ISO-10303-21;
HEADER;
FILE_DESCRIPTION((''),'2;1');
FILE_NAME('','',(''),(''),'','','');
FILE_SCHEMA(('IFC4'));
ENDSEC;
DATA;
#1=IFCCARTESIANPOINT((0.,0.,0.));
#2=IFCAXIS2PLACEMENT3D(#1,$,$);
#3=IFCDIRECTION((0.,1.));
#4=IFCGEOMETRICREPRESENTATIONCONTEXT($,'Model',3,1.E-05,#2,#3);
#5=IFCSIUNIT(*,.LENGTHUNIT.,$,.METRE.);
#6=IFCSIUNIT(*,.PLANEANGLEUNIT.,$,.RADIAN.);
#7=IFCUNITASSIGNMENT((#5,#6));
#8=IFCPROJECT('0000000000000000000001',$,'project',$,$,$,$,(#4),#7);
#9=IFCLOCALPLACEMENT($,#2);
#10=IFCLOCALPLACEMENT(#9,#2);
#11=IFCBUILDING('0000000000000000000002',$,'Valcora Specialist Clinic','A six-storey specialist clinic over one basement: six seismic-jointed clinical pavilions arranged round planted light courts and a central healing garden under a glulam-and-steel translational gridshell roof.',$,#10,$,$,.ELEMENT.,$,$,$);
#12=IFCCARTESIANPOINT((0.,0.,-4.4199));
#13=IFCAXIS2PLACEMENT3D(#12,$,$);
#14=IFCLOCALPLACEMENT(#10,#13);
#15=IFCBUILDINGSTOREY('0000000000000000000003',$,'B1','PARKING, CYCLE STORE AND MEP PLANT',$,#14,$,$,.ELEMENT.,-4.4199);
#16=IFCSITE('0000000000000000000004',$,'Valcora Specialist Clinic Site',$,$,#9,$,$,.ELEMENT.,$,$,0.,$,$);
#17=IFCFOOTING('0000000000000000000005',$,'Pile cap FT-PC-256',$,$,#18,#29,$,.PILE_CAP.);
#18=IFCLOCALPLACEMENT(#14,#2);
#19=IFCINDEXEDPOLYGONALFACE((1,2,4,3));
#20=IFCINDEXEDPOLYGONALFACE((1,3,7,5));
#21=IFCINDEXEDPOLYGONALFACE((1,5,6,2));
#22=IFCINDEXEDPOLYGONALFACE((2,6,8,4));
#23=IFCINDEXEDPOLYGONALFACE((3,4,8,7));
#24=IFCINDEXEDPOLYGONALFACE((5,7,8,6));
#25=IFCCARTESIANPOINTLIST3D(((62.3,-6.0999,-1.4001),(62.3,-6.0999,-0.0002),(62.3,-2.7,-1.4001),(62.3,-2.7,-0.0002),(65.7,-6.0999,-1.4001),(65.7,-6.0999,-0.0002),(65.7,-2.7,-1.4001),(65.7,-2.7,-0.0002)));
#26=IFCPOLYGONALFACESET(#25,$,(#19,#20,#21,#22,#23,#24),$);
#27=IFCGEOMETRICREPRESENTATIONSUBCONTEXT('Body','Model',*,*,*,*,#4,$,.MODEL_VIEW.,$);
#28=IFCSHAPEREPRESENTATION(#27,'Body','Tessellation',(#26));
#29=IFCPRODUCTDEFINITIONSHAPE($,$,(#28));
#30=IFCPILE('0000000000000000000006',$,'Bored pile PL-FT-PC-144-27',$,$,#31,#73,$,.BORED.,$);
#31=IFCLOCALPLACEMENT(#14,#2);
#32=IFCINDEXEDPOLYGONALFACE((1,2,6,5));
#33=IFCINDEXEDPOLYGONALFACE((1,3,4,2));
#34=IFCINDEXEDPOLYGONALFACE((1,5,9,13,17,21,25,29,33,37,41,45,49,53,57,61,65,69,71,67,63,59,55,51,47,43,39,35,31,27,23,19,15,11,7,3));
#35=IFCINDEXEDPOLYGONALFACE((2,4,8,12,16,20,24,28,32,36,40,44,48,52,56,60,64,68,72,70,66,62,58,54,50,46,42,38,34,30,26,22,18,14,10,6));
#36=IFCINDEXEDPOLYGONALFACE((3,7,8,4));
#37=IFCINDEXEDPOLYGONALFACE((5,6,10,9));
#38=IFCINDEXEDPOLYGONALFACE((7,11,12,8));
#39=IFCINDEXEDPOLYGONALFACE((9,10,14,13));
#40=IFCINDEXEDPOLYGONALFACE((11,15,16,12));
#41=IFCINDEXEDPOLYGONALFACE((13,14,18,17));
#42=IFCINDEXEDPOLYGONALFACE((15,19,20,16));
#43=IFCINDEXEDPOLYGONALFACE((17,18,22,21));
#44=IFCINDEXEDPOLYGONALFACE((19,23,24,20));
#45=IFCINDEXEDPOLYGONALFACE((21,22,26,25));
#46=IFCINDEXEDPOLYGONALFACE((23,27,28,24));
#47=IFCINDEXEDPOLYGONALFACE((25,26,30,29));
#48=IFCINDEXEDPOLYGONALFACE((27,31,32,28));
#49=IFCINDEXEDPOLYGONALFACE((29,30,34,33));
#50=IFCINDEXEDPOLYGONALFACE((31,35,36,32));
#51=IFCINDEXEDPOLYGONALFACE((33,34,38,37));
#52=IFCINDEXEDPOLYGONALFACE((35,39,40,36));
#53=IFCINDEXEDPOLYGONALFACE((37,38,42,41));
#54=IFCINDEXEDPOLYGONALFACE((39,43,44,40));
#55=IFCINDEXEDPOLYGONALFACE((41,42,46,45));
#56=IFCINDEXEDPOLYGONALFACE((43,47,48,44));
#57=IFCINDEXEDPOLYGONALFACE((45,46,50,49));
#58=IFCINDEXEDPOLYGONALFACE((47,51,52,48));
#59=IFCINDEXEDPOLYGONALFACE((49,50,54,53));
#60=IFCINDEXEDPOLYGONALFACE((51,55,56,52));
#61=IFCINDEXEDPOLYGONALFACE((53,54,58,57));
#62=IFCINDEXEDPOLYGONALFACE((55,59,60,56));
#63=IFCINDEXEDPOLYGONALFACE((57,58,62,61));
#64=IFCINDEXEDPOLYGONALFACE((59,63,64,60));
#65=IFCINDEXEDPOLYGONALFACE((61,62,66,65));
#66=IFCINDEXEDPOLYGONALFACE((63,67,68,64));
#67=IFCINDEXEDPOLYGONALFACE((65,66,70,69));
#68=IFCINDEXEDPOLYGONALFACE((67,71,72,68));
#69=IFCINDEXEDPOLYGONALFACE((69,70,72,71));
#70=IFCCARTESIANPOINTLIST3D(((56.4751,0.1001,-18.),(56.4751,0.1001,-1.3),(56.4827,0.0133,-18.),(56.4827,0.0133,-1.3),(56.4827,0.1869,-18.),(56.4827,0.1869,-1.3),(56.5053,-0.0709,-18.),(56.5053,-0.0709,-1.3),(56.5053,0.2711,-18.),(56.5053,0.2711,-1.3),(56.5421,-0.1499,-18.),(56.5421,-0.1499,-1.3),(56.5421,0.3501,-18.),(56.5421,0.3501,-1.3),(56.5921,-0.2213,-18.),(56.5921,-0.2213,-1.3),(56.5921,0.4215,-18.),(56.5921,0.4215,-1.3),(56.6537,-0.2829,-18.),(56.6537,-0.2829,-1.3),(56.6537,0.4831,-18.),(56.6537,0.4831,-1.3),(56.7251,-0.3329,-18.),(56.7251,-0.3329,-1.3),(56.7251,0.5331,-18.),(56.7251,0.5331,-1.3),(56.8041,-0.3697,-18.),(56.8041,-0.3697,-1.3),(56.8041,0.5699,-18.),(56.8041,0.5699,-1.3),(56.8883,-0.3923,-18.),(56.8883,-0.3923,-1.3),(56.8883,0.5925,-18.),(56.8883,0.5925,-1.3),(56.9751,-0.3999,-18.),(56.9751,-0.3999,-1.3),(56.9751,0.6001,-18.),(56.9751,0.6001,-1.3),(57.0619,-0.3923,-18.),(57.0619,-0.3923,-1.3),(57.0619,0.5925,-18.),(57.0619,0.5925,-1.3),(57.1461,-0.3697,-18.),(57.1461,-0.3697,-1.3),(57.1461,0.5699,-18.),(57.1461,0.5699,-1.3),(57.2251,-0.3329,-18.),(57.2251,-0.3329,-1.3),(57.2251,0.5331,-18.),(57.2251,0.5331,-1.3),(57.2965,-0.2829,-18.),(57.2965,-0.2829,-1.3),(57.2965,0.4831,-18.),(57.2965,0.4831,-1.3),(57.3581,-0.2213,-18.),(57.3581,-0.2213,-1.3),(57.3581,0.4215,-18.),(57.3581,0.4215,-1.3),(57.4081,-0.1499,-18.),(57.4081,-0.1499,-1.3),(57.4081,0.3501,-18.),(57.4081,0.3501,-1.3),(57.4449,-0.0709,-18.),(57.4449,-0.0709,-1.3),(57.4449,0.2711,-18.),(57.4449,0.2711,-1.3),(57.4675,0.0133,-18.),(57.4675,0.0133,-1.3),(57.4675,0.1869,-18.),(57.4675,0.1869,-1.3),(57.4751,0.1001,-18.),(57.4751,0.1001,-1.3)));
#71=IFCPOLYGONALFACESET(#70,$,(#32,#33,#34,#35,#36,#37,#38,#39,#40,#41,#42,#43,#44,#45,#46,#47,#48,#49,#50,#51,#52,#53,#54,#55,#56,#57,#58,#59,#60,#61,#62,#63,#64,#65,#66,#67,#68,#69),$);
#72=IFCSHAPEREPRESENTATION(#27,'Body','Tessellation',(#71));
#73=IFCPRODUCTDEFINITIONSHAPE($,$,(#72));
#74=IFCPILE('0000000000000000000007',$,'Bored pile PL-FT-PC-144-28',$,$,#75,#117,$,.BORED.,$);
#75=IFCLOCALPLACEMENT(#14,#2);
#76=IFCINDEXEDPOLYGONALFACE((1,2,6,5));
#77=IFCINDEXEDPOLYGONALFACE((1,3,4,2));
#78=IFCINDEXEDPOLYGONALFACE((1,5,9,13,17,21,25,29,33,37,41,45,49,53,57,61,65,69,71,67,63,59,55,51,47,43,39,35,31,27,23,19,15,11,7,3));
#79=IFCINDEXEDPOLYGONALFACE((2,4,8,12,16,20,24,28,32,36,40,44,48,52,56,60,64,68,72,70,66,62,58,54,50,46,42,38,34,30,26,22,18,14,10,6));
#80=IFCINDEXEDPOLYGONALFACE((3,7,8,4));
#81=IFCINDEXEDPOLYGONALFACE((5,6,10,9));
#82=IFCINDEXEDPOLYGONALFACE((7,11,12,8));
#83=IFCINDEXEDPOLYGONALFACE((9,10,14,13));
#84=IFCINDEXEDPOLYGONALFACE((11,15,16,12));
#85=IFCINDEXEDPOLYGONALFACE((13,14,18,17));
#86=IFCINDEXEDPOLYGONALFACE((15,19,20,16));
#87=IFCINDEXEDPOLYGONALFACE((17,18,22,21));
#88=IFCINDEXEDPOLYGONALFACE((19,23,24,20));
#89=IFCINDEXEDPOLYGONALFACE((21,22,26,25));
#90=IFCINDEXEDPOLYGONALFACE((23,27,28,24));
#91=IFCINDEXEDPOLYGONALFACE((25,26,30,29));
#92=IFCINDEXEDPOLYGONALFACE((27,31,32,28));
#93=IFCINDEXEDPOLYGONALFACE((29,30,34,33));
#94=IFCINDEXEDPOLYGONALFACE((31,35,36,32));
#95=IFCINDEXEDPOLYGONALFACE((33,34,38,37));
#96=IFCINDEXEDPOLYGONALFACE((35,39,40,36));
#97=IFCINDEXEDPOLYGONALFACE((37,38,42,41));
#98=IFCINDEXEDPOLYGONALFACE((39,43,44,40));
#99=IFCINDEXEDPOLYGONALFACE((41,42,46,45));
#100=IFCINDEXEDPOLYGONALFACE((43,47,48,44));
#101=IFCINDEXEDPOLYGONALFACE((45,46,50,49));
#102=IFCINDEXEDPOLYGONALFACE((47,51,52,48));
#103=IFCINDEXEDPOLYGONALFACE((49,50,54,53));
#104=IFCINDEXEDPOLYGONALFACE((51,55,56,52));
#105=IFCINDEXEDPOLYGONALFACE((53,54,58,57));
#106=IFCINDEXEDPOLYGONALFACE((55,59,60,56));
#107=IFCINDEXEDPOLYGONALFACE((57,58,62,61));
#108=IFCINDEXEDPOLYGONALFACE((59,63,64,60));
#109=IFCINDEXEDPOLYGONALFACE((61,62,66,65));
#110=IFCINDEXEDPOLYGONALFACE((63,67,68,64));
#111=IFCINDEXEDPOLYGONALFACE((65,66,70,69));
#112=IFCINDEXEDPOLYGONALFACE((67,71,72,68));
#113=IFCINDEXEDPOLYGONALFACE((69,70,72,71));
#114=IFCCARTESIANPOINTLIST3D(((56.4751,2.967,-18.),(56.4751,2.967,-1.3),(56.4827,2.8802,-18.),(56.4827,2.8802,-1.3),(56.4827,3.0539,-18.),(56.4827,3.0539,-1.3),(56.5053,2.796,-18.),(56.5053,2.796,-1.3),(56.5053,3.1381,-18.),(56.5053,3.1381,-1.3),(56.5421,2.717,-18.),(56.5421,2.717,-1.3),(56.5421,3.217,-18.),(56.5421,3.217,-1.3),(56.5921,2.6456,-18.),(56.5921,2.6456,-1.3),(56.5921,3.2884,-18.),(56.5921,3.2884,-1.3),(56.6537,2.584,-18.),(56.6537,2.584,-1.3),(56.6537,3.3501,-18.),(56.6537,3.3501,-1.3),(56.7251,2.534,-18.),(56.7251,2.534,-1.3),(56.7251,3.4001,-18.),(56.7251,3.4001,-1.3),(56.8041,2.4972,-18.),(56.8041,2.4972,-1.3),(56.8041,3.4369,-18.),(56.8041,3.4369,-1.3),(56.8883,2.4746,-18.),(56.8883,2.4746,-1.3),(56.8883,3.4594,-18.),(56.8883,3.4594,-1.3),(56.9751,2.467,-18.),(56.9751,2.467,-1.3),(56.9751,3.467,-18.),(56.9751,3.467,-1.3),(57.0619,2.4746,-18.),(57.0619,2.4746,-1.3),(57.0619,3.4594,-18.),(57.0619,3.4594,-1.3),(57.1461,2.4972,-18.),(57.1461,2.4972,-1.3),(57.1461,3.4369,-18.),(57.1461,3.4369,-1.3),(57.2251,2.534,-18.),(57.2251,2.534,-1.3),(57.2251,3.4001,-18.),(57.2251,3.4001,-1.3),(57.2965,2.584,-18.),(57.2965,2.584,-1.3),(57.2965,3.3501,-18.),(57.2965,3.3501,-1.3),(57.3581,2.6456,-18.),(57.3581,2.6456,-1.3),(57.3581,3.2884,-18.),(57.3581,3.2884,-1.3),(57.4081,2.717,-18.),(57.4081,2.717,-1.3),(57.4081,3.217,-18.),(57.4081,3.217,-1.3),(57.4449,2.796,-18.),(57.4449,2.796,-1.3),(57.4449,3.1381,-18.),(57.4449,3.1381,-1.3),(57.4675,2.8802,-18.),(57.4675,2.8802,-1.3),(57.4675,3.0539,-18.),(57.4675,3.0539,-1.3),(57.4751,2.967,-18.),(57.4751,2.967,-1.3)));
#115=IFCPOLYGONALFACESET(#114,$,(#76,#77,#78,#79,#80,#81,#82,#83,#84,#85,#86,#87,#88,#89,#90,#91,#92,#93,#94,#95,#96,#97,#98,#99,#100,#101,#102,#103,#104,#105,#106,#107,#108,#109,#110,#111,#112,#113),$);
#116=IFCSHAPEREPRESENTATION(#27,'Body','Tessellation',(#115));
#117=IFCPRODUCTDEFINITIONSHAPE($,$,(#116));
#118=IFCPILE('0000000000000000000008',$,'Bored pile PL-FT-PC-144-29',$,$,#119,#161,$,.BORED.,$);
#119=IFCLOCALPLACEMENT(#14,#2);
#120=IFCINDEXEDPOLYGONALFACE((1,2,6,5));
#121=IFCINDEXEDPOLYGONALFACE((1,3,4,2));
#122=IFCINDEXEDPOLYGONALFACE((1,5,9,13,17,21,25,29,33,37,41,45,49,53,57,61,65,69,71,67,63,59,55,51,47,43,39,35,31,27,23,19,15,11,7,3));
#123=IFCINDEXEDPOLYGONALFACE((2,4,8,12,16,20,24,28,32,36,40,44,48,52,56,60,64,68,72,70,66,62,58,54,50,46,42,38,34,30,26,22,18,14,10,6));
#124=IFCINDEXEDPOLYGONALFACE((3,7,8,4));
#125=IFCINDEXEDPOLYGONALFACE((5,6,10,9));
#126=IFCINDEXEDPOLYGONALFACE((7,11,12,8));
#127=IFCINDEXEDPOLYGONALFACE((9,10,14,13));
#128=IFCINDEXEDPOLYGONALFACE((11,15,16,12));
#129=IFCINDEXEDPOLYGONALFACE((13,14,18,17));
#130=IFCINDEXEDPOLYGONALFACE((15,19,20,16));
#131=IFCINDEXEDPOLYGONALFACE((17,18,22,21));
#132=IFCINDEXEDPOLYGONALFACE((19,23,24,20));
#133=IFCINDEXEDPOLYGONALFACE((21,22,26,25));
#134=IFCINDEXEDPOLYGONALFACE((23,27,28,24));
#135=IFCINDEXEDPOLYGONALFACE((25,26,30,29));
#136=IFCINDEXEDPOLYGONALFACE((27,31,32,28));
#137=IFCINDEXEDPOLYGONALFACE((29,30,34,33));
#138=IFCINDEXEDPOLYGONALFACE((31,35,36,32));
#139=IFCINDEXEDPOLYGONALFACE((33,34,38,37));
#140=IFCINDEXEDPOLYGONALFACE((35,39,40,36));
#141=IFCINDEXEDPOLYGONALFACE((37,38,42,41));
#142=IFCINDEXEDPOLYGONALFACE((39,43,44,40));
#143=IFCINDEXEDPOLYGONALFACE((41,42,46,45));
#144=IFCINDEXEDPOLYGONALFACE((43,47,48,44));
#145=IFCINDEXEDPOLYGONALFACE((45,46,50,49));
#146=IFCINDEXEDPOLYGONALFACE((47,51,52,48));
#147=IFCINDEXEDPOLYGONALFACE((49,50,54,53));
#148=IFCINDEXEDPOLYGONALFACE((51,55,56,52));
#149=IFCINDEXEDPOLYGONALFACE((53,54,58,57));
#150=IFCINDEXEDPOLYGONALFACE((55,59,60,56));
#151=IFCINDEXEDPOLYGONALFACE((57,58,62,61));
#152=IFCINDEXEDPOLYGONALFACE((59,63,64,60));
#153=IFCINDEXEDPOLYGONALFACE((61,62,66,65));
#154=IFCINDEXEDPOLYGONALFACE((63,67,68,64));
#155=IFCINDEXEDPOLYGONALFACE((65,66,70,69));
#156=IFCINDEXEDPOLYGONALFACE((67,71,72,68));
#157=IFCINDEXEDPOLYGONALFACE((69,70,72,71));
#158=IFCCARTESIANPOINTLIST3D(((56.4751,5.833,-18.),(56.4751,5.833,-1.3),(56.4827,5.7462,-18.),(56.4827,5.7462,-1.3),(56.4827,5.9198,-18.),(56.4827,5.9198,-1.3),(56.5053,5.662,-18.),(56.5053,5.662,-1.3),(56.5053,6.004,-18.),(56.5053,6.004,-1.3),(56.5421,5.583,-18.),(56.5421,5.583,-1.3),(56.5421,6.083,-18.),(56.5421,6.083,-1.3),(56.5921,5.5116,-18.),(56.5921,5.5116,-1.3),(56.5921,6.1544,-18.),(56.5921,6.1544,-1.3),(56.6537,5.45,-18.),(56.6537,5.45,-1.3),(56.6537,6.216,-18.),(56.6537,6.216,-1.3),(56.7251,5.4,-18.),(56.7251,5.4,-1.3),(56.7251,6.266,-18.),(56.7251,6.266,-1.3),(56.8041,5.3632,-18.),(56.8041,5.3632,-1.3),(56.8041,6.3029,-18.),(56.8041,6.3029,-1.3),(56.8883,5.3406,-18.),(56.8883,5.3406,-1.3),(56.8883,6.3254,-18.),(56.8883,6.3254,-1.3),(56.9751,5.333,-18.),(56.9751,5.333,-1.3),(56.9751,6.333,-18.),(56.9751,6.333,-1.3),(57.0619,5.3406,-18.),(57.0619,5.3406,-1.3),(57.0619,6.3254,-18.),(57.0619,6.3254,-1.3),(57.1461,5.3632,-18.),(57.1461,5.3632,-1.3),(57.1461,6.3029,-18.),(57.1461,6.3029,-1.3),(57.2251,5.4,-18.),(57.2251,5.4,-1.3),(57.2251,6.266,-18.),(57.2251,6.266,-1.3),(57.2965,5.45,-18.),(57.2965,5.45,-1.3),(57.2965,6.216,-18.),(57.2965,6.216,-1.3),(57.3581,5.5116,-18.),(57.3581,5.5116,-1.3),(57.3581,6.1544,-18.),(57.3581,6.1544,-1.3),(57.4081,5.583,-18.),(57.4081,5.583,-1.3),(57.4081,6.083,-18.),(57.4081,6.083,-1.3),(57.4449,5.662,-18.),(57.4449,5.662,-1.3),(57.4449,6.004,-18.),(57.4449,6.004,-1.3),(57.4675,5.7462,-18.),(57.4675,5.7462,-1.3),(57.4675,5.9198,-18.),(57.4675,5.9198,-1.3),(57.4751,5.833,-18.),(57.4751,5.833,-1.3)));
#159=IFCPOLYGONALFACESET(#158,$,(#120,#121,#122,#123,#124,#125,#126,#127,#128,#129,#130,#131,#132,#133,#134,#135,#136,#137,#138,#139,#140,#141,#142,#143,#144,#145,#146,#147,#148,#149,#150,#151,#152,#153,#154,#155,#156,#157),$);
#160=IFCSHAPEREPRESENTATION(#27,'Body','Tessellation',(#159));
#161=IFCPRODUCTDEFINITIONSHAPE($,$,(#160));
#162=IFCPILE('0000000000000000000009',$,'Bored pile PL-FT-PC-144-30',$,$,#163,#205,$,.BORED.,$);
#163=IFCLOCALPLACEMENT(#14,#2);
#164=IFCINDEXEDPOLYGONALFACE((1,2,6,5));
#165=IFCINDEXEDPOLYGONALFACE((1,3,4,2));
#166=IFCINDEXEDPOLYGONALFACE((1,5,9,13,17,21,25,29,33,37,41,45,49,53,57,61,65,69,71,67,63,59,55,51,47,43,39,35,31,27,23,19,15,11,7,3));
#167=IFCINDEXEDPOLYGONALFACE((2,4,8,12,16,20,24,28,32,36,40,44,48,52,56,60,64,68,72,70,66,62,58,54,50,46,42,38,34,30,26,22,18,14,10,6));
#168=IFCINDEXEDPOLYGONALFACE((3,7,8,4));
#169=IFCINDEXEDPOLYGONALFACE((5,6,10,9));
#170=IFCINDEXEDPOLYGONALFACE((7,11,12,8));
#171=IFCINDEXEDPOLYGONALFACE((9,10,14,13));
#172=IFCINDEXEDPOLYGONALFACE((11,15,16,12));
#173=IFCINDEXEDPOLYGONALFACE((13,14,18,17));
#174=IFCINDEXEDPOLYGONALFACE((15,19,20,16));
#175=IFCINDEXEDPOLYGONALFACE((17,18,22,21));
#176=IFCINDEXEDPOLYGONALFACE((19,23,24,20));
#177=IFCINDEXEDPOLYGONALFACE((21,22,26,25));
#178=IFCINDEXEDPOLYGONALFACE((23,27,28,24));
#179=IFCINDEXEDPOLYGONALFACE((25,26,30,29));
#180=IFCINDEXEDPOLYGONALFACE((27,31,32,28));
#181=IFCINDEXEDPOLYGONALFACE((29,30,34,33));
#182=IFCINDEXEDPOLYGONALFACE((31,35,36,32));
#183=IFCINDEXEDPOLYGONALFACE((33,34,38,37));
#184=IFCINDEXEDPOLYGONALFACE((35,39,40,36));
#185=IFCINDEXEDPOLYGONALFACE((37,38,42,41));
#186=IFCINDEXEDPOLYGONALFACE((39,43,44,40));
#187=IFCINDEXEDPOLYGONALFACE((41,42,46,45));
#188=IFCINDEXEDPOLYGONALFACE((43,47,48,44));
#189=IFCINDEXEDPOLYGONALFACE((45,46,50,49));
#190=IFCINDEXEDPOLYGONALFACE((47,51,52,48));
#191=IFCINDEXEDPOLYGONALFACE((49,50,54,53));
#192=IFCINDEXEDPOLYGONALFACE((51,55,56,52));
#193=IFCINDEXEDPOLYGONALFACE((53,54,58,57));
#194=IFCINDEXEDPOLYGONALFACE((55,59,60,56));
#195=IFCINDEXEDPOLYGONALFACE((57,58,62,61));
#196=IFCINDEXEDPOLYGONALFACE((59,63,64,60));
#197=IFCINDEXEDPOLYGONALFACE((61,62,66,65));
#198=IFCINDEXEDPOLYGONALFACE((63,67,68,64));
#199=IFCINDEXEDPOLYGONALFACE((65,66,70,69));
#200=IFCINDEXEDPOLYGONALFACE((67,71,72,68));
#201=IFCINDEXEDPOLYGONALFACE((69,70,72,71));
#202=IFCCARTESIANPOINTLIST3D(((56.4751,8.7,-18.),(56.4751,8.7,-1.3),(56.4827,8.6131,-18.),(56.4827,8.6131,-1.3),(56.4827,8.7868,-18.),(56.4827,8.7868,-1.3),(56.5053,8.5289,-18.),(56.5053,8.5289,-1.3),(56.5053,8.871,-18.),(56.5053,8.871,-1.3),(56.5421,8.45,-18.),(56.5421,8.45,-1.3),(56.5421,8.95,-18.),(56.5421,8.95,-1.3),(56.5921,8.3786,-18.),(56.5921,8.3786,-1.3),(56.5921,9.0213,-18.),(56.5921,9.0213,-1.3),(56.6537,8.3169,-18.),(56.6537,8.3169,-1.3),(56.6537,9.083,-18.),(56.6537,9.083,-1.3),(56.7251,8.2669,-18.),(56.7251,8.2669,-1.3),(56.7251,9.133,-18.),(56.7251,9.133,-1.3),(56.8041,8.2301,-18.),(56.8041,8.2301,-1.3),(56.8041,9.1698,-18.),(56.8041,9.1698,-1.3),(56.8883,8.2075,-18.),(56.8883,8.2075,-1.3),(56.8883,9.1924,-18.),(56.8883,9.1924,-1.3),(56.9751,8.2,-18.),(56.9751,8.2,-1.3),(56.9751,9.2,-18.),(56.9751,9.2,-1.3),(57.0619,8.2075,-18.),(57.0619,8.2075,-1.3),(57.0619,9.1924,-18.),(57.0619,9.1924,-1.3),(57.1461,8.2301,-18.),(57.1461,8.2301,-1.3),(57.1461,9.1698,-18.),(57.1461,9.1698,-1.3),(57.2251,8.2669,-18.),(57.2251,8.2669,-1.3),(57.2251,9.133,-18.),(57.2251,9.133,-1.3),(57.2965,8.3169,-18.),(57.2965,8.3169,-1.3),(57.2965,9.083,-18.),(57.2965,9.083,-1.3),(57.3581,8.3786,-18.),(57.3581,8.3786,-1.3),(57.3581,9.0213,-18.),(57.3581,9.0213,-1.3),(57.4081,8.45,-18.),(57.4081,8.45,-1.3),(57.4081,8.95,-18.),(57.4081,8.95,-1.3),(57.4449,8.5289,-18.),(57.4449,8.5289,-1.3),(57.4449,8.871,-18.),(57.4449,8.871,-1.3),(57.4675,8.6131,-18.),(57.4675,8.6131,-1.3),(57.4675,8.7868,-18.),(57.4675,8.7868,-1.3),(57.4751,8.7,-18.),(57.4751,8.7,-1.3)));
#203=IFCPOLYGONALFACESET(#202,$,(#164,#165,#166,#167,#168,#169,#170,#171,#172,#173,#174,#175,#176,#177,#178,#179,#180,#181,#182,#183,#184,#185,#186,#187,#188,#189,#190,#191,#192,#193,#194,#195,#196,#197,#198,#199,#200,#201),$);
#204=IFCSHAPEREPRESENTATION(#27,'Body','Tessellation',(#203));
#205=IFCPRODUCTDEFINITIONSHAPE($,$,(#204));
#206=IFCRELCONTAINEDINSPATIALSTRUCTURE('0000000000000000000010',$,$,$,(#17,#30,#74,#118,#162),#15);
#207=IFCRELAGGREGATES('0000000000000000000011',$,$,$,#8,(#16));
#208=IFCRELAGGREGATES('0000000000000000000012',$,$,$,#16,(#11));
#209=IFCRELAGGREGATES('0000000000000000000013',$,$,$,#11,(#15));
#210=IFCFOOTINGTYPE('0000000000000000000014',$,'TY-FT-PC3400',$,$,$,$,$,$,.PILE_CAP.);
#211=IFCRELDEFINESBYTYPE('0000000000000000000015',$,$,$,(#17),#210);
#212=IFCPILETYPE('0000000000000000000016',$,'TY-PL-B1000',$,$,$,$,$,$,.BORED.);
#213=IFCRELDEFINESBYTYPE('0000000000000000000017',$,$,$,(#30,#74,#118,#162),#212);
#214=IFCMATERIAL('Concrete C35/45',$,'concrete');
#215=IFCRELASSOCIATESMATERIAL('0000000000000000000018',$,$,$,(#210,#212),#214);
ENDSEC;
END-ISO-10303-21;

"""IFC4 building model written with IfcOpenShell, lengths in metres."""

from ifc_helpers import new_model, si_unit, direction, frame, origin, origin_2d, place, context, subcontext, project, spatial, rectangle, circle, extrude, material, material_profile, profile_set, type_object, element, save


model = new_model("IFC4")

# Units and contexts
model_context = context("Model", 3, precision=1e-05, world=origin(), true_north=direction((0.0, 1.0)))
body_context = subcontext(model_context, "Body", "Model", "MODEL_VIEW")
ifc_project = project(units=[si_unit("LENGTHUNIT", "METRE"), si_unit("PLANEANGLEUNIT", "RADIAN")], contexts=[model_context])

# Site, building, storey
site_placement = place(None, origin())
site = spatial("IfcSite", under=ifc_project, at=site_placement, Name="Valcora Specialist Clinic Site", CompositionType="ELEMENT", RefElevation=0.0)
building_placement = place(site_placement, origin())
building = spatial("IfcBuilding", under=site, at=building_placement, Name="Valcora Specialist Clinic", Description="A six-storey specialist clinic over one basement: six seismic-jointed clinical pavilions arranged round planted light courts and a central healing garden under a glulam-and-steel translational gridshell roof.", CompositionType="ELEMENT")
storey_placement = place(building_placement, frame((0.0, 0.0, -4.4199)))
storey = spatial("IfcBuildingStorey", under=building, at=storey_placement, Name="B1", Description="PARKING, CYCLE STORE AND MEP PLANT", CompositionType="ELEMENT", Elevation=-4.4199)

# Footing
ifc_material_1 = material(Name="Concrete C35/45", Category="concrete")
footing_type = type_object("IfcFootingType", Name="TY-FT-PC3400", PredefinedType="PILE_CAP", material=ifc_material_1)
footing_placement = place(storey_placement, frame((64.0, -4.3999, -1.4001), z_axis=(0.0, 0.0, 1.0), x_axis=(1.0, 0.0, 0.0)))
element("IfcFooting", 1, at=footing_placement, inside=storey, type_object=footing_type, Name="Pile cap FT-PC-256", PredefinedType="PILE_CAP", context=body_context, shape_type="SweptSolid", body=[
    extrude(rectangle(XDim=3.3999, YDim=3.3999, at=origin_2d()), origin(), (0.0, 0.0, 1.0), 1.3999),
])

# Piles
ifc_material_profile_1 = material_profile(ifc_material_1, circle(Radius=0.5, at=origin_2d()), Name="RC-PIL-D1000")
ifc_profile_set_1 = profile_set([ifc_material_profile_1], Name="Concrete C35/45")
pile_type_1 = type_object("IfcPileType", Name="TY-PL-B1000", PredefinedType="BORED", material=ifc_profile_set_1)
for number, where, z_axis, x_axis, name in (
    (2, (56.9751, 0.1001, -1.3), (0.0, 0.0, -1.0), (1.0, 0.0, 0.0), "Bored pile PL-FT-PC-144-27"),
    (3, (56.9751, 2.967, -1.3), (0.0, 0.0, -1.0), (1.0, 0.0, 0.0), "Bored pile PL-FT-PC-144-28"),
    (4, (56.9751, 5.833, -1.3), (0.0, 0.0, -1.0), (1.0, 0.0, 0.0), "Bored pile PL-FT-PC-144-29"),
    (5, (56.9751, 8.7, -1.3), (0.0, 0.0, -1.0), (1.0, 0.0, 0.0), "Bored pile PL-FT-PC-144-30"),
):
    element("IfcPile", number, at=place(storey_placement, frame(where, z_axis=z_axis, x_axis=x_axis)), inside=storey, type_object=pile_type_1, Name=name, PredefinedType="BORED", context=body_context, shape_type="SweptSolid", body=[
        extrude(circle(Radius=0.5, at=origin_2d()), origin(), (0.0, 0.0, 1.0), 16.7),
    ])

save(model, "model.ifc")
